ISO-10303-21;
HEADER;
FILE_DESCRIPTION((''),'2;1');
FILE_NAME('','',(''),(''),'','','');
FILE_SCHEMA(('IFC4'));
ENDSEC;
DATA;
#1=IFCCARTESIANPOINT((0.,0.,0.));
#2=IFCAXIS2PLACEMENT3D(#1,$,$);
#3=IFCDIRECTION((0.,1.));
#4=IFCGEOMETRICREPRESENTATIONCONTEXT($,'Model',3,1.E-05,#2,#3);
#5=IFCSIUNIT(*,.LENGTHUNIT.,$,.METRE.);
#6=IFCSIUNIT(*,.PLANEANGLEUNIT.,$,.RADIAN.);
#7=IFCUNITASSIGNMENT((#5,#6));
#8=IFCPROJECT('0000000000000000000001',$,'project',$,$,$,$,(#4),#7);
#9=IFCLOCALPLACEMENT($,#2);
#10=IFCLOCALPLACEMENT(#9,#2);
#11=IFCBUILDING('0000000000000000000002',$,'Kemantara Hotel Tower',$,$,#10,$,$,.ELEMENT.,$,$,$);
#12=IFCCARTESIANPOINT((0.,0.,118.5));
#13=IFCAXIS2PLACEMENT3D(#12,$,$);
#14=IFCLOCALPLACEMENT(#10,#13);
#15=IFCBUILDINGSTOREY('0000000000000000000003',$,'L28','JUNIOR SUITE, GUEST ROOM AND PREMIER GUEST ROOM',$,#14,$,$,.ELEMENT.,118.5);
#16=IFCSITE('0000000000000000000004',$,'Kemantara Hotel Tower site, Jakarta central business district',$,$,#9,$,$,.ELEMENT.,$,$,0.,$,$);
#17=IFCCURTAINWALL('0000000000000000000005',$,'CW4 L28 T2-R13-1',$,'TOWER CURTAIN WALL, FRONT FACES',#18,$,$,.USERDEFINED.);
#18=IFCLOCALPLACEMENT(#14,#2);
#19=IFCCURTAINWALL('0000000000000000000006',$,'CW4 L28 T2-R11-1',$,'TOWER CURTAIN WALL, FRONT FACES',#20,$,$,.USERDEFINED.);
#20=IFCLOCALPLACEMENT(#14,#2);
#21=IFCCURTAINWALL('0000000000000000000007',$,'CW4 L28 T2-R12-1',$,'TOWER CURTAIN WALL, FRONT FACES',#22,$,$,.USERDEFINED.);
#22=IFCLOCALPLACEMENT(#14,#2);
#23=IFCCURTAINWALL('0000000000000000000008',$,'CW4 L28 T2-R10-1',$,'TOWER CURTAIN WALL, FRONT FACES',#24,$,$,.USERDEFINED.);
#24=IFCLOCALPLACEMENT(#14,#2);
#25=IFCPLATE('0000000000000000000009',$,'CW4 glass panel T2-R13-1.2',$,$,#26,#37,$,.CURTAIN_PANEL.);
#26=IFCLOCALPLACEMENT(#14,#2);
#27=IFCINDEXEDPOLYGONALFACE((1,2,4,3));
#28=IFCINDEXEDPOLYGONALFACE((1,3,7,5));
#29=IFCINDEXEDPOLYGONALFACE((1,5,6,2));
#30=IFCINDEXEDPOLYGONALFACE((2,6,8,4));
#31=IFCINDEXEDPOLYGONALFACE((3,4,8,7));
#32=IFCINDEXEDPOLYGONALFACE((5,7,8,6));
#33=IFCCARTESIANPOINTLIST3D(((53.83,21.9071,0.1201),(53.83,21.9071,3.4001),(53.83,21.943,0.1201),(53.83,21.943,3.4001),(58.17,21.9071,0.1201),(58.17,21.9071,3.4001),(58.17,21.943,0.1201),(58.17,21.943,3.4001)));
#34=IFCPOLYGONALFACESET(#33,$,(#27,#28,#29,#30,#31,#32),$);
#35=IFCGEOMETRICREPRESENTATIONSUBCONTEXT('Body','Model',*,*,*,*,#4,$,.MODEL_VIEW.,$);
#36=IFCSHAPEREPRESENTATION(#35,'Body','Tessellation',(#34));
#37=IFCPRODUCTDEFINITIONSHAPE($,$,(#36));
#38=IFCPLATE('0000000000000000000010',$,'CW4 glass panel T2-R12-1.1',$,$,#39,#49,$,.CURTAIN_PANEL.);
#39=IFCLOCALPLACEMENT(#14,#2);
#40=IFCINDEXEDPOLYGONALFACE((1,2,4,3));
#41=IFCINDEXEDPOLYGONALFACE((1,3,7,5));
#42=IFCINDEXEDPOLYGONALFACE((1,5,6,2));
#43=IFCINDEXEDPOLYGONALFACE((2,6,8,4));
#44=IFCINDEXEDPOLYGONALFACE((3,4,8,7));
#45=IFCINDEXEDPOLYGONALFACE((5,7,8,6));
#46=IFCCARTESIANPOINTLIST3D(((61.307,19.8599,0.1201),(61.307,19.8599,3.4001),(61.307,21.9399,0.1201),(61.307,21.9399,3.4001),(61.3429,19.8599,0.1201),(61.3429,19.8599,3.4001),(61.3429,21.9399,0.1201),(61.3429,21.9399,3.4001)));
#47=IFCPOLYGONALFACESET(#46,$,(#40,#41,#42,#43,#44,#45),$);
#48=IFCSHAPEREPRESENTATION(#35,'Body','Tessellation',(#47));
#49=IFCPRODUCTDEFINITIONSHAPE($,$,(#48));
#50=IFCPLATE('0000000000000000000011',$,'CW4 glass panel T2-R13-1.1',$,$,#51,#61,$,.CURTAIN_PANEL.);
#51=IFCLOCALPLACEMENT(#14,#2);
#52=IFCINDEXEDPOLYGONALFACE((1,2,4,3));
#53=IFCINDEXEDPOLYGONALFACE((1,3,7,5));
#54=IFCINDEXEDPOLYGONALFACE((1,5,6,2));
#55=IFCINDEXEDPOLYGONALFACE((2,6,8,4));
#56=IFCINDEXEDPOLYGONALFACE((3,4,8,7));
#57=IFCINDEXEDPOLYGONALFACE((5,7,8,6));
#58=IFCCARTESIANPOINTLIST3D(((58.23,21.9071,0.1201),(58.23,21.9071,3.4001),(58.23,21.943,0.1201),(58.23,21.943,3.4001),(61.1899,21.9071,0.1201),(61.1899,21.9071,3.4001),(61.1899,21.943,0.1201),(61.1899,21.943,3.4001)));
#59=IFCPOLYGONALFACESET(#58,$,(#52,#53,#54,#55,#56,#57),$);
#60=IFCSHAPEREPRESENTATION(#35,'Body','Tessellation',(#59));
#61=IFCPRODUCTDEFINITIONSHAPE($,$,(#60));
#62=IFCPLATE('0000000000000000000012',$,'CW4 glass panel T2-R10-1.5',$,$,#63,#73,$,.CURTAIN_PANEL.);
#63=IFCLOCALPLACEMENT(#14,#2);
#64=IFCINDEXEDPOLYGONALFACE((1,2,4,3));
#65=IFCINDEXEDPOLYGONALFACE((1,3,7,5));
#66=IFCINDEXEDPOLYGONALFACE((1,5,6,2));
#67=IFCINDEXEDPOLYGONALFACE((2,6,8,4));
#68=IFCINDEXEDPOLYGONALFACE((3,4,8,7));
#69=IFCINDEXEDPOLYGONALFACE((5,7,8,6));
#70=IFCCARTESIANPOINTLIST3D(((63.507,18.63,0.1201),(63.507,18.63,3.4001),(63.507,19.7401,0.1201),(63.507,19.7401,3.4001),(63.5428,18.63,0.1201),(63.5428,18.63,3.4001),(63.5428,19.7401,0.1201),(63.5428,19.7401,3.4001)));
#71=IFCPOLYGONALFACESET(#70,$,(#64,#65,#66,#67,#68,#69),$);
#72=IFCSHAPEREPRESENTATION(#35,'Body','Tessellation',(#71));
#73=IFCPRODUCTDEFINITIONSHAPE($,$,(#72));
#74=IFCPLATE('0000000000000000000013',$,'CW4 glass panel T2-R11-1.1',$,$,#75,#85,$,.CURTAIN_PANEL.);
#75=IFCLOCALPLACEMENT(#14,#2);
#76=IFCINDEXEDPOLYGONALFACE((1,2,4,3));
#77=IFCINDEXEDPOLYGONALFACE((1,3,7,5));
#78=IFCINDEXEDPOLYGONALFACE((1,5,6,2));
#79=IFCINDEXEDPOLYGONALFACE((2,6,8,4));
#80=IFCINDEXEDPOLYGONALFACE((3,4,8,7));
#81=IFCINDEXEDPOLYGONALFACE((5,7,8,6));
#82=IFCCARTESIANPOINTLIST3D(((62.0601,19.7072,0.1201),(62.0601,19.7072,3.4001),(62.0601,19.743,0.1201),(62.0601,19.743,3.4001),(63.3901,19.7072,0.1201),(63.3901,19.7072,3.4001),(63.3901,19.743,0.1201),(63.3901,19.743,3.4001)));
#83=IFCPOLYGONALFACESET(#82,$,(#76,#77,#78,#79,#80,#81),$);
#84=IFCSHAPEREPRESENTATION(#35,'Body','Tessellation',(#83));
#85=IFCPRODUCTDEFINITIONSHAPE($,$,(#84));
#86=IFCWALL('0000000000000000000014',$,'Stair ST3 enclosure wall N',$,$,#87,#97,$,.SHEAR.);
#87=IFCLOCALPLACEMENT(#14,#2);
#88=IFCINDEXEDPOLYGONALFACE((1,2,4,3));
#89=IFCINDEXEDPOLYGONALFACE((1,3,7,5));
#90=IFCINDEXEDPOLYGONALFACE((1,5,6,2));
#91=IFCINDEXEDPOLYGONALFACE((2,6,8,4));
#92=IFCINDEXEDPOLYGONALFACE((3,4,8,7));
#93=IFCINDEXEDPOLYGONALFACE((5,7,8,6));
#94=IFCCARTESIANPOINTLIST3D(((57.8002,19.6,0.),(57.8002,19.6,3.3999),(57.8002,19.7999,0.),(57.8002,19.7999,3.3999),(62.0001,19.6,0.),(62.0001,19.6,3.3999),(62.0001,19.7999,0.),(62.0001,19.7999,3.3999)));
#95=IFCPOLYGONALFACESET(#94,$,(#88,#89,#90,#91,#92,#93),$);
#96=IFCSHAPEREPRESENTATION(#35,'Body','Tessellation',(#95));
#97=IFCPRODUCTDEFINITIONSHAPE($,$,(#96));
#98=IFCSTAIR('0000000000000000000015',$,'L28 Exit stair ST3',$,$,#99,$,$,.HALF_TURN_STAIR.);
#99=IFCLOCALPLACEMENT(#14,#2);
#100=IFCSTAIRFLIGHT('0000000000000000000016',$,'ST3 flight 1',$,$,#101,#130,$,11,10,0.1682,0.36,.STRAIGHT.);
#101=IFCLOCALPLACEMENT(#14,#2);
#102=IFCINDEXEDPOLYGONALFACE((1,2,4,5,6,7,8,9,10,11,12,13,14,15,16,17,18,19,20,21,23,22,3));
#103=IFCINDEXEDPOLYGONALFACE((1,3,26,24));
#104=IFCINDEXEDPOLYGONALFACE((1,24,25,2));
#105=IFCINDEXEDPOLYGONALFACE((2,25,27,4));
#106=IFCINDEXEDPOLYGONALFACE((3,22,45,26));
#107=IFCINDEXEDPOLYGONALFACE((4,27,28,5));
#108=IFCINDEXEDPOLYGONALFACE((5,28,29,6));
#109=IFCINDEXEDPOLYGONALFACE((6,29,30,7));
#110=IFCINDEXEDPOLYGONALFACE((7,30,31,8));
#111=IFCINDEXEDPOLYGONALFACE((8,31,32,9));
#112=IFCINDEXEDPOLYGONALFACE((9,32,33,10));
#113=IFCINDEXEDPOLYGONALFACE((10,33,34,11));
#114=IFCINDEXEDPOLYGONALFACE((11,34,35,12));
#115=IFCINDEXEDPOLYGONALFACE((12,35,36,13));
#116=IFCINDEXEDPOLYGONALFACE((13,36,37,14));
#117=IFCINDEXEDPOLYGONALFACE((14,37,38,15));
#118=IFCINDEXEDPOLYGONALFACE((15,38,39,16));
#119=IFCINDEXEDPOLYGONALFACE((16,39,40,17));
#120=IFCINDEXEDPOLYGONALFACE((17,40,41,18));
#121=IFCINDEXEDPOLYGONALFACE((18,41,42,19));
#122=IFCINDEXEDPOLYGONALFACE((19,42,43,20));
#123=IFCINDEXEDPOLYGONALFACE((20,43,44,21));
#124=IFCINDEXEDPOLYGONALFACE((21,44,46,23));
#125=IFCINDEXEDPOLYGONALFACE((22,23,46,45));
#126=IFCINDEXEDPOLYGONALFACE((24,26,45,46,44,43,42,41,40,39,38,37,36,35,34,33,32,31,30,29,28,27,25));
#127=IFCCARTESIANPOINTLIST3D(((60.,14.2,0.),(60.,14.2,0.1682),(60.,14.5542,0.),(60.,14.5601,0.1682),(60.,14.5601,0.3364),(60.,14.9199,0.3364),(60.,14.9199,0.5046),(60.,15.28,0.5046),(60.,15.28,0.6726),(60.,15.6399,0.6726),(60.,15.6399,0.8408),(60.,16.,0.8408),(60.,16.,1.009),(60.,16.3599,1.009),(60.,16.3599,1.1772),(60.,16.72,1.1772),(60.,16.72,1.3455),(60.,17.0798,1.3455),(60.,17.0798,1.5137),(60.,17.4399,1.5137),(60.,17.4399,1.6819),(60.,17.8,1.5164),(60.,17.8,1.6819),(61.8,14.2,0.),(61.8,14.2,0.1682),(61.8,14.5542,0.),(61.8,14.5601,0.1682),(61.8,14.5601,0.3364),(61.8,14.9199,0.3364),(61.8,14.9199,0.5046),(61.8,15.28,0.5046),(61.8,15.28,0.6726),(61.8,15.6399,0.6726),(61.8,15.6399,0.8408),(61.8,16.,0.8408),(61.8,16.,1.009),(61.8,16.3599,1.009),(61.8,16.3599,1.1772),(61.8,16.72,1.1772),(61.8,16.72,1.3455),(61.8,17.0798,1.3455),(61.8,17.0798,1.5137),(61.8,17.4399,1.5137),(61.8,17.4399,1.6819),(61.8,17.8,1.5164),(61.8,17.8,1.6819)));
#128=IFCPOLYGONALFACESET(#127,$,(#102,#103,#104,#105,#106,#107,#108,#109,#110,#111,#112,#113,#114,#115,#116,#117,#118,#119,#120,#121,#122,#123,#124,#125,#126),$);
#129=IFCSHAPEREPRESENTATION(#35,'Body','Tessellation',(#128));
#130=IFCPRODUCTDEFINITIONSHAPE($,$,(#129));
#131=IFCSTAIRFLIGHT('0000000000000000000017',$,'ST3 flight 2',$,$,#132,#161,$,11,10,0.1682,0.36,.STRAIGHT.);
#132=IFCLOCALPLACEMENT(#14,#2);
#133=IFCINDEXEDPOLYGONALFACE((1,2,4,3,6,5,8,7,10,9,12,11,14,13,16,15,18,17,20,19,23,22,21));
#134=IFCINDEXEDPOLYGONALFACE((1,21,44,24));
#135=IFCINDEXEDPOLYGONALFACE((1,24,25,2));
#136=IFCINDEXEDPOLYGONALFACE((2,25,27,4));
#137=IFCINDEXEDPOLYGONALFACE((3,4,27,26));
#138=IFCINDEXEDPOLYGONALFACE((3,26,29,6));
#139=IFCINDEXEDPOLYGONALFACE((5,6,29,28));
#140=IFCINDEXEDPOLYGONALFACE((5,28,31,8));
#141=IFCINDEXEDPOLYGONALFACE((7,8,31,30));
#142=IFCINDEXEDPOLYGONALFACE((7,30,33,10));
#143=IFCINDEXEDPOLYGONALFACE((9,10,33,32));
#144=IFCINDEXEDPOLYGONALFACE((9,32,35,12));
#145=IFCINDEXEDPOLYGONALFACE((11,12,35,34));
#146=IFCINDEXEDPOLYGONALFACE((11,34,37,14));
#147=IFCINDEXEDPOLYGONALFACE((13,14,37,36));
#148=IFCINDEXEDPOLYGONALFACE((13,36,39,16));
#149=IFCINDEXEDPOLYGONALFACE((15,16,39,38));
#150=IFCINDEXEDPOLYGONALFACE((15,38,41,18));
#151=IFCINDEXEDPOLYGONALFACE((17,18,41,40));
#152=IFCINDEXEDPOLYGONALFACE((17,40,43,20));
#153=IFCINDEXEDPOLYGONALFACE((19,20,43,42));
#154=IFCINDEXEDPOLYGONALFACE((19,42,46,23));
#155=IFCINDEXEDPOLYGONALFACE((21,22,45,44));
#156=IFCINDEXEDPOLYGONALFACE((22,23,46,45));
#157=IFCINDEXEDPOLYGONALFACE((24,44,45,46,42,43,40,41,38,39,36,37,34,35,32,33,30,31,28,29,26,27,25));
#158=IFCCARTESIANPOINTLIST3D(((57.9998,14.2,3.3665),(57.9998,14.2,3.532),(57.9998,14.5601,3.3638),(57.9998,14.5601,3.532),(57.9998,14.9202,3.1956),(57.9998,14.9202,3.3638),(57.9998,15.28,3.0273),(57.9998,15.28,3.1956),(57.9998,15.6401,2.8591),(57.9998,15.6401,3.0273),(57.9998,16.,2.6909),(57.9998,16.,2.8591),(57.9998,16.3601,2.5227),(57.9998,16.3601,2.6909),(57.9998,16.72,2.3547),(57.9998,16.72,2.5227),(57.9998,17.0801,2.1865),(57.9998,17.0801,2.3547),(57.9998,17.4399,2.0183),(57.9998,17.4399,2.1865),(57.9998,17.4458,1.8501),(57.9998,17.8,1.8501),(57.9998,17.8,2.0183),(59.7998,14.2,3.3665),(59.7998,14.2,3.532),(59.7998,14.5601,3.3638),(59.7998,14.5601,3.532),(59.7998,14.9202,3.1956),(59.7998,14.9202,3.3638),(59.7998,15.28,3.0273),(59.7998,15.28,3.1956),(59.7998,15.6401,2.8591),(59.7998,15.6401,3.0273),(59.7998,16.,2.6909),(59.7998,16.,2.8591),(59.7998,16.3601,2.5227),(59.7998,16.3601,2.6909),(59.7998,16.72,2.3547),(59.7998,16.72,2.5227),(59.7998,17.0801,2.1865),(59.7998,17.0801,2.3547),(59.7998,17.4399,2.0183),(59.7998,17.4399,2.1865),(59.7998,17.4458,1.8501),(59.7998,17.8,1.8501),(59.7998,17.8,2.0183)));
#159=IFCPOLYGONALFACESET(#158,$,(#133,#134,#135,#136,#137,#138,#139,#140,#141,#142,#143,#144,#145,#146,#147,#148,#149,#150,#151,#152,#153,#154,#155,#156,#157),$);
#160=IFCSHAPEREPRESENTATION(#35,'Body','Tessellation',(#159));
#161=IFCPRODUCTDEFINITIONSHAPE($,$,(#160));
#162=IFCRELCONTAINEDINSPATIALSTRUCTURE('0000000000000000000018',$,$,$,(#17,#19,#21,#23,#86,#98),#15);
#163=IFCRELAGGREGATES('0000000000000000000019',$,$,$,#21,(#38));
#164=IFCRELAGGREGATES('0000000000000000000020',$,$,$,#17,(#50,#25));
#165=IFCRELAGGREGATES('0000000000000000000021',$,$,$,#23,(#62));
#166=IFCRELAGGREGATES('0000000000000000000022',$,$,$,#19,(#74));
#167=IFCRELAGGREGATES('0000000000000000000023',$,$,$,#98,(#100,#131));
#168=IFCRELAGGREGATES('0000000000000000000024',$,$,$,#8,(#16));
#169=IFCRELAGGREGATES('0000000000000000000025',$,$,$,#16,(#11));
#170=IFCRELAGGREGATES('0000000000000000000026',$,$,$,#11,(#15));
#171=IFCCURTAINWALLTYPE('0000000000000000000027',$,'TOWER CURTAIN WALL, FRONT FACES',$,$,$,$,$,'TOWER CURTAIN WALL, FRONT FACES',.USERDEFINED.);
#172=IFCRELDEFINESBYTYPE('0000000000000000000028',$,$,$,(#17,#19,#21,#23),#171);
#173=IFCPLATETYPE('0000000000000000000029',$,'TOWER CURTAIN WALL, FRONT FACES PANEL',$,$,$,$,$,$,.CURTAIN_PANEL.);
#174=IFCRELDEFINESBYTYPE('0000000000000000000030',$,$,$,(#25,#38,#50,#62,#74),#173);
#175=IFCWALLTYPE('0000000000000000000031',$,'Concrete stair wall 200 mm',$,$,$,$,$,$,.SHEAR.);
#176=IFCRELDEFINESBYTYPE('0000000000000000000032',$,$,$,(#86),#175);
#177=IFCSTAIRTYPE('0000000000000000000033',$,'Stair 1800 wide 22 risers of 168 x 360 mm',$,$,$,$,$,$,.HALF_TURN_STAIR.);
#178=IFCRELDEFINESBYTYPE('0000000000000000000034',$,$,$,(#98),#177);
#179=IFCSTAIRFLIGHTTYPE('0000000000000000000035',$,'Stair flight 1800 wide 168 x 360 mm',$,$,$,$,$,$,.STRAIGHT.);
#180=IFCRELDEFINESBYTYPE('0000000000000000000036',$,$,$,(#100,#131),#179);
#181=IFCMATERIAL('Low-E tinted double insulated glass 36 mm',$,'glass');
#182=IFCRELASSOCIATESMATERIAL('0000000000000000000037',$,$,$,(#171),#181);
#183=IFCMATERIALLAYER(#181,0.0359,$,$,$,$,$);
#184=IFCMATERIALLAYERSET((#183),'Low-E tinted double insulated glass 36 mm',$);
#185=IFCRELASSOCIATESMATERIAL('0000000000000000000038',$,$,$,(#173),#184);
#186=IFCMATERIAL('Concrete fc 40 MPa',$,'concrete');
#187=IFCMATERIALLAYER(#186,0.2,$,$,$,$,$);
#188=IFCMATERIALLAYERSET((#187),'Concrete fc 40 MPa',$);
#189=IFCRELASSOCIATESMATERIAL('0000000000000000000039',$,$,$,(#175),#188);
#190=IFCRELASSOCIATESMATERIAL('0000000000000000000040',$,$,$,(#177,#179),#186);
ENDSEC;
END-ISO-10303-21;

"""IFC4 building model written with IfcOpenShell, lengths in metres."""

from ifc_helpers import new_model, si_unit, direction, frame, frame_2d, origin, origin_2d, place, context, subcontext, project, spatial, polyline, rectangle, outline, extrude, source, transform, mapped, material, layer, layer_set, type_object, element, aggregate, save


model = new_model("IFC4")

# Units and contexts
model_context = context("Model", 3, precision=1e-05, world=origin(), true_north=direction((0.0, 1.0)))
body_context = subcontext(model_context, "Body", "Model", "MODEL_VIEW")
ifc_project = project(units=[si_unit("LENGTHUNIT", "METRE"), si_unit("PLANEANGLEUNIT", "RADIAN")], contexts=[model_context])

# Site, building, storey
site_placement = place(None, origin())
site = spatial("IfcSite", under=ifc_project, at=site_placement, Name="Kemantara Hotel Tower site, Jakarta central business district", CompositionType="ELEMENT", RefElevation=0.0)
building_placement = place(site_placement, origin())
building = spatial("IfcBuilding", under=site, at=building_placement, Name="Kemantara Hotel Tower", CompositionType="ELEMENT")
storey_placement = place(building_placement, frame((0.0, 0.0, 118.5)))
storey = spatial("IfcBuildingStorey", under=building, at=storey_placement, Name="L28", Description="JUNIOR SUITE, GUEST ROOM AND PREMIER GUEST ROOM", CompositionType="ELEMENT", Elevation=118.5)

# Curtain walls
ifc_material_1 = material(Name="Low-E tinted double insulated glass 36 mm", Category="glass")
curtain_wall_type = type_object("IfcCurtainWallType", Name="TOWER CURTAIN WALL, FRONT FACES", ElementType="TOWER CURTAIN WALL, FRONT FACES", PredefinedType="USERDEFINED", material=ifc_material_1)
curtain_wall_1_placement = place(storey_placement, origin())
curtain_wall_1 = element("IfcCurtainWall", 1, at=curtain_wall_1_placement, inside=storey, type_object=curtain_wall_type, Name="CW4 L28 T2-R13-1", ObjectType="TOWER CURTAIN WALL, FRONT FACES", PredefinedType="USERDEFINED")
curtain_wall_2_placement = place(storey_placement, origin())
curtain_wall_2 = element("IfcCurtainWall", 2, at=curtain_wall_2_placement, inside=storey, type_object=curtain_wall_type, Name="CW4 L28 T2-R11-1", ObjectType="TOWER CURTAIN WALL, FRONT FACES", PredefinedType="USERDEFINED")
curtain_wall_3_placement = place(storey_placement, origin())
curtain_wall_3 = element("IfcCurtainWall", 3, at=curtain_wall_3_placement, inside=storey, type_object=curtain_wall_type, Name="CW4 L28 T2-R12-1", ObjectType="TOWER CURTAIN WALL, FRONT FACES", PredefinedType="USERDEFINED")

# Curtain wall
curtain_wall_4_placement = place(storey_placement, origin())
curtain_wall_4 = element("IfcCurtainWall", 4, at=curtain_wall_4_placement, inside=storey, type_object=curtain_wall_type, Name="CW4 L28 T2-R10-1", ObjectType="TOWER CURTAIN WALL, FRONT FACES", PredefinedType="USERDEFINED")

# Plates
ifc_layer_1 = layer(ifc_material_1, 0.0359)
ifc_layer_set_1 = layer_set([ifc_layer_1], Name="Low-E tinted double insulated glass 36 mm")
plate_type = type_object("IfcPlateType", Name="TOWER CURTAIN WALL, FRONT FACES PANEL", PredefinedType="CURTAIN_PANEL", material=ifc_layer_set_1)
shared_shape_1 = source(origin(), body_context, "Body", "SweptSolid", [
    extrude(rectangle(XDim=4.3401, YDim=0.0359, at=origin_2d()), origin(), (0.0, 0.0, 1.0), 3.28),
])
plate_1_placement = place(storey_placement, frame((56.0, 21.925, 0.1201), z_axis=(0.0, 0.0, 1.0), x_axis=(-1.0, 0.0, 0.0)))
plate_1 = element("IfcPlate", 5, at=plate_1_placement, type_object=plate_type, Name="CW4 glass panel T2-R13-1.2", PredefinedType="CURTAIN_PANEL", context=body_context, shape_type="MappedRepresentation", body=[
    mapped(shared_shape_1, transform((0.0, 0.0, 0.0))),
])
shared_shape_2 = source(origin(), body_context, "Body", "SweptSolid", [
    extrude(rectangle(XDim=2.0801, YDim=0.0359, at=origin_2d()), origin(), (0.0, 0.0, 1.0), 3.28),
])
plate_2_placement = place(storey_placement, frame((61.325, 20.8999, 0.1201), z_axis=(0.0, 0.0, 1.0), x_axis=(0.0, 1.0, 0.0)))
plate_2 = element("IfcPlate", 6, at=plate_2_placement, type_object=plate_type, Name="CW4 glass panel T2-R12-1.1", PredefinedType="CURTAIN_PANEL", context=body_context, shape_type="MappedRepresentation", body=[
    mapped(shared_shape_2, transform((0.0, 0.0, 0.0))),
])
aggregate(curtain_wall_3, [plate_2])
shared_shape_3 = source(origin(), body_context, "Body", "SweptSolid", [
    extrude(rectangle(XDim=2.96, YDim=0.0359, at=origin_2d()), origin(), (0.0, 0.0, 1.0), 3.28),
])
plate_3_placement = place(storey_placement, frame((59.71, 21.925, 0.1201), z_axis=(0.0, 0.0, 1.0), x_axis=(-1.0, 0.0, 0.0)))
plate_3 = element("IfcPlate", 7, at=plate_3_placement, type_object=plate_type, Name="CW4 glass panel T2-R13-1.1", PredefinedType="CURTAIN_PANEL", context=body_context, shape_type="MappedRepresentation", body=[
    mapped(shared_shape_3, transform((0.0, 0.0, 0.0))),
])
aggregate(curtain_wall_1, [plate_3, plate_1])
shared_shape_4 = source(origin(), body_context, "Body", "SweptSolid", [
    extrude(rectangle(XDim=1.1101, YDim=0.0359, at=origin_2d()), origin(), (0.0, 0.0, 1.0), 3.28),
])
plate_4_placement = place(storey_placement, frame((63.5249, 19.1851, 0.1201), z_axis=(0.0, 0.0, 1.0), x_axis=(0.0, 1.0, 0.0)))
plate_4 = element("IfcPlate", 8, at=plate_4_placement, type_object=plate_type, Name="CW4 glass panel T2-R10-1.5", PredefinedType="CURTAIN_PANEL", context=body_context, shape_type="MappedRepresentation", body=[
    mapped(shared_shape_4, transform((0.0, 0.0, 0.0))),
])
aggregate(curtain_wall_4, [plate_4])
shared_shape_5 = source(origin(), body_context, "Body", "SweptSolid", [
    extrude(rectangle(XDim=1.3301, YDim=0.0359, at=origin_2d()), origin(), (0.0, 0.0, 1.0), 3.28),
])
plate_5_placement = place(storey_placement, frame((62.7251, 19.7251, 0.1201), z_axis=(0.0, 0.0, 1.0), x_axis=(-1.0, 0.0, 0.0)))
plate_5 = element("IfcPlate", 9, at=plate_5_placement, type_object=plate_type, Name="CW4 glass panel T2-R11-1.1", PredefinedType="CURTAIN_PANEL", context=body_context, shape_type="MappedRepresentation", body=[
    mapped(shared_shape_5, transform((0.0, 0.0, 0.0))),
])
aggregate(curtain_wall_2, [plate_5])

# Wall
ifc_material_2 = material(Name="Concrete fc 40 MPa", Category="concrete")
ifc_layer_2 = layer(ifc_material_2, 0.2)
ifc_layer_set_2 = layer_set([ifc_layer_2], Name="Concrete fc 40 MPa")
wall_type = type_object("IfcWallType", Name="Concrete stair wall 200 mm", PredefinedType="SHEAR", material=ifc_layer_set_2)
wall_placement = place(storey_placement, frame((57.8, 19.7, 0.0), z_axis=(0.0, 0.0, 1.0), x_axis=(1.0, 0.0, 0.0)))
element("IfcWall", 10, at=wall_placement, inside=storey, type_object=wall_type, Name="Stair ST3 enclosure wall N", PredefinedType="SHEAR", context=body_context, shape_type="SweptSolid", body=[
    extrude(rectangle(XDim=4.2, YDim=0.2, at=frame_2d((2.1001, 0.0))), origin(), (0.0, 0.0, 1.0), 3.3999),
])

# Stair, stair flights
stair_type = type_object("IfcStairType", Name="Stair 1800 wide 22 risers of 168 x 360 mm", PredefinedType="HALF_TURN_STAIR", material=ifc_material_2)
stair_placement = place(storey_placement, origin())
stair = element("IfcStair", 11, at=stair_placement, inside=storey, type_object=stair_type, Name="L28 Exit stair ST3", PredefinedType="HALF_TURN_STAIR")
stair_flight_type = type_object("IfcStairFlightType", Name="Stair flight 1800 wide 168 x 360 mm", PredefinedType="STRAIGHT", material=ifc_material_2)
stair_flight_1_placement = place(storey_placement, frame((60.8999, 14.2, 0.0), z_axis=(0.0, 0.0, 1.0), x_axis=(0.0, 1.0, 0.0)))
stair_flight_1 = element("IfcStairFlight", 12, at=stair_flight_1_placement, type_object=stair_flight_type, Name="ST3 flight 1", NumberOfRisers=11, NumberOfTreads=10, PredefinedType="STRAIGHT", RiserHeight=0.1682, TreadLength=0.36, context=body_context, shape_type="SweptSolid", body=[
    extrude(outline(polyline([(0.0, 0.0), (0.0, 0.1682), (0.3601, 0.1682), (0.3601, 0.3364), (0.72, 0.3364), (0.72, 0.5046), (1.0801, 0.5046), (1.0801, 0.6726), (1.4399, 0.6726), (1.4399, 0.8408), (1.8, 0.8408), (1.8, 1.009), (2.1599, 1.009), (2.1599, 1.1772), (2.52, 1.1772), (2.52, 1.3455), (2.8799, 1.3455), (2.8799, 1.5137), (3.24, 1.5137), (3.24, 1.6819), (3.6001, 1.6819), (3.6001, 1.8501), (3.6001, 1.5164), (0.3542, 0.0), (0.0, 0.0)])), frame((0.0, 0.8999, 0.0), z_axis=(0.0, -1.0, 0.0), x_axis=(1.0, 0.0, 0.0)), (0.0, 0.0, 1.0), 1.8),
])
stair_flight_2_placement = place(storey_placement, frame((58.8999, 17.8, 1.8501), z_axis=(0.0, 0.0, 1.0), x_axis=(0.0, -1.0, 0.0)))
stair_flight_2 = element("IfcStairFlight", 13, at=stair_flight_2_placement, type_object=stair_flight_type, Name="ST3 flight 2", NumberOfRisers=11, NumberOfTreads=10, PredefinedType="STRAIGHT", RiserHeight=0.1682, TreadLength=0.36, context=body_context, shape_type="SweptSolid", body=[
    extrude(outline(polyline([(0.0, 0.0), (0.0, 0.1682), (0.3601, 0.1682), (0.3601, 0.3364), (0.72, 0.3364), (0.72, 0.5046), (1.0801, 0.5046), (1.0801, 0.6726), (1.4399, 0.6726), (1.4399, 0.8408), (1.8, 0.8408), (1.8, 1.009), (2.1599, 1.009), (2.1599, 1.1772), (2.52, 1.1772), (2.52, 1.3455), (2.8799, 1.3455), (2.8799, 1.5137), (3.24, 1.5137), (3.24, 1.6819), (3.6001, 1.6819), (3.6001, 1.8501), (3.6001, 1.5164), (0.3542, 0.0), (0.0, 0.0)])), frame((0.0, 0.8999, 0.0), z_axis=(0.0, -1.0, 0.0), x_axis=(1.0, 0.0, 0.0)), (0.0, 0.0, 1.0), 1.8),
])
aggregate(stair, [stair_flight_1, stair_flight_2])

save(model, "model.ifc")
